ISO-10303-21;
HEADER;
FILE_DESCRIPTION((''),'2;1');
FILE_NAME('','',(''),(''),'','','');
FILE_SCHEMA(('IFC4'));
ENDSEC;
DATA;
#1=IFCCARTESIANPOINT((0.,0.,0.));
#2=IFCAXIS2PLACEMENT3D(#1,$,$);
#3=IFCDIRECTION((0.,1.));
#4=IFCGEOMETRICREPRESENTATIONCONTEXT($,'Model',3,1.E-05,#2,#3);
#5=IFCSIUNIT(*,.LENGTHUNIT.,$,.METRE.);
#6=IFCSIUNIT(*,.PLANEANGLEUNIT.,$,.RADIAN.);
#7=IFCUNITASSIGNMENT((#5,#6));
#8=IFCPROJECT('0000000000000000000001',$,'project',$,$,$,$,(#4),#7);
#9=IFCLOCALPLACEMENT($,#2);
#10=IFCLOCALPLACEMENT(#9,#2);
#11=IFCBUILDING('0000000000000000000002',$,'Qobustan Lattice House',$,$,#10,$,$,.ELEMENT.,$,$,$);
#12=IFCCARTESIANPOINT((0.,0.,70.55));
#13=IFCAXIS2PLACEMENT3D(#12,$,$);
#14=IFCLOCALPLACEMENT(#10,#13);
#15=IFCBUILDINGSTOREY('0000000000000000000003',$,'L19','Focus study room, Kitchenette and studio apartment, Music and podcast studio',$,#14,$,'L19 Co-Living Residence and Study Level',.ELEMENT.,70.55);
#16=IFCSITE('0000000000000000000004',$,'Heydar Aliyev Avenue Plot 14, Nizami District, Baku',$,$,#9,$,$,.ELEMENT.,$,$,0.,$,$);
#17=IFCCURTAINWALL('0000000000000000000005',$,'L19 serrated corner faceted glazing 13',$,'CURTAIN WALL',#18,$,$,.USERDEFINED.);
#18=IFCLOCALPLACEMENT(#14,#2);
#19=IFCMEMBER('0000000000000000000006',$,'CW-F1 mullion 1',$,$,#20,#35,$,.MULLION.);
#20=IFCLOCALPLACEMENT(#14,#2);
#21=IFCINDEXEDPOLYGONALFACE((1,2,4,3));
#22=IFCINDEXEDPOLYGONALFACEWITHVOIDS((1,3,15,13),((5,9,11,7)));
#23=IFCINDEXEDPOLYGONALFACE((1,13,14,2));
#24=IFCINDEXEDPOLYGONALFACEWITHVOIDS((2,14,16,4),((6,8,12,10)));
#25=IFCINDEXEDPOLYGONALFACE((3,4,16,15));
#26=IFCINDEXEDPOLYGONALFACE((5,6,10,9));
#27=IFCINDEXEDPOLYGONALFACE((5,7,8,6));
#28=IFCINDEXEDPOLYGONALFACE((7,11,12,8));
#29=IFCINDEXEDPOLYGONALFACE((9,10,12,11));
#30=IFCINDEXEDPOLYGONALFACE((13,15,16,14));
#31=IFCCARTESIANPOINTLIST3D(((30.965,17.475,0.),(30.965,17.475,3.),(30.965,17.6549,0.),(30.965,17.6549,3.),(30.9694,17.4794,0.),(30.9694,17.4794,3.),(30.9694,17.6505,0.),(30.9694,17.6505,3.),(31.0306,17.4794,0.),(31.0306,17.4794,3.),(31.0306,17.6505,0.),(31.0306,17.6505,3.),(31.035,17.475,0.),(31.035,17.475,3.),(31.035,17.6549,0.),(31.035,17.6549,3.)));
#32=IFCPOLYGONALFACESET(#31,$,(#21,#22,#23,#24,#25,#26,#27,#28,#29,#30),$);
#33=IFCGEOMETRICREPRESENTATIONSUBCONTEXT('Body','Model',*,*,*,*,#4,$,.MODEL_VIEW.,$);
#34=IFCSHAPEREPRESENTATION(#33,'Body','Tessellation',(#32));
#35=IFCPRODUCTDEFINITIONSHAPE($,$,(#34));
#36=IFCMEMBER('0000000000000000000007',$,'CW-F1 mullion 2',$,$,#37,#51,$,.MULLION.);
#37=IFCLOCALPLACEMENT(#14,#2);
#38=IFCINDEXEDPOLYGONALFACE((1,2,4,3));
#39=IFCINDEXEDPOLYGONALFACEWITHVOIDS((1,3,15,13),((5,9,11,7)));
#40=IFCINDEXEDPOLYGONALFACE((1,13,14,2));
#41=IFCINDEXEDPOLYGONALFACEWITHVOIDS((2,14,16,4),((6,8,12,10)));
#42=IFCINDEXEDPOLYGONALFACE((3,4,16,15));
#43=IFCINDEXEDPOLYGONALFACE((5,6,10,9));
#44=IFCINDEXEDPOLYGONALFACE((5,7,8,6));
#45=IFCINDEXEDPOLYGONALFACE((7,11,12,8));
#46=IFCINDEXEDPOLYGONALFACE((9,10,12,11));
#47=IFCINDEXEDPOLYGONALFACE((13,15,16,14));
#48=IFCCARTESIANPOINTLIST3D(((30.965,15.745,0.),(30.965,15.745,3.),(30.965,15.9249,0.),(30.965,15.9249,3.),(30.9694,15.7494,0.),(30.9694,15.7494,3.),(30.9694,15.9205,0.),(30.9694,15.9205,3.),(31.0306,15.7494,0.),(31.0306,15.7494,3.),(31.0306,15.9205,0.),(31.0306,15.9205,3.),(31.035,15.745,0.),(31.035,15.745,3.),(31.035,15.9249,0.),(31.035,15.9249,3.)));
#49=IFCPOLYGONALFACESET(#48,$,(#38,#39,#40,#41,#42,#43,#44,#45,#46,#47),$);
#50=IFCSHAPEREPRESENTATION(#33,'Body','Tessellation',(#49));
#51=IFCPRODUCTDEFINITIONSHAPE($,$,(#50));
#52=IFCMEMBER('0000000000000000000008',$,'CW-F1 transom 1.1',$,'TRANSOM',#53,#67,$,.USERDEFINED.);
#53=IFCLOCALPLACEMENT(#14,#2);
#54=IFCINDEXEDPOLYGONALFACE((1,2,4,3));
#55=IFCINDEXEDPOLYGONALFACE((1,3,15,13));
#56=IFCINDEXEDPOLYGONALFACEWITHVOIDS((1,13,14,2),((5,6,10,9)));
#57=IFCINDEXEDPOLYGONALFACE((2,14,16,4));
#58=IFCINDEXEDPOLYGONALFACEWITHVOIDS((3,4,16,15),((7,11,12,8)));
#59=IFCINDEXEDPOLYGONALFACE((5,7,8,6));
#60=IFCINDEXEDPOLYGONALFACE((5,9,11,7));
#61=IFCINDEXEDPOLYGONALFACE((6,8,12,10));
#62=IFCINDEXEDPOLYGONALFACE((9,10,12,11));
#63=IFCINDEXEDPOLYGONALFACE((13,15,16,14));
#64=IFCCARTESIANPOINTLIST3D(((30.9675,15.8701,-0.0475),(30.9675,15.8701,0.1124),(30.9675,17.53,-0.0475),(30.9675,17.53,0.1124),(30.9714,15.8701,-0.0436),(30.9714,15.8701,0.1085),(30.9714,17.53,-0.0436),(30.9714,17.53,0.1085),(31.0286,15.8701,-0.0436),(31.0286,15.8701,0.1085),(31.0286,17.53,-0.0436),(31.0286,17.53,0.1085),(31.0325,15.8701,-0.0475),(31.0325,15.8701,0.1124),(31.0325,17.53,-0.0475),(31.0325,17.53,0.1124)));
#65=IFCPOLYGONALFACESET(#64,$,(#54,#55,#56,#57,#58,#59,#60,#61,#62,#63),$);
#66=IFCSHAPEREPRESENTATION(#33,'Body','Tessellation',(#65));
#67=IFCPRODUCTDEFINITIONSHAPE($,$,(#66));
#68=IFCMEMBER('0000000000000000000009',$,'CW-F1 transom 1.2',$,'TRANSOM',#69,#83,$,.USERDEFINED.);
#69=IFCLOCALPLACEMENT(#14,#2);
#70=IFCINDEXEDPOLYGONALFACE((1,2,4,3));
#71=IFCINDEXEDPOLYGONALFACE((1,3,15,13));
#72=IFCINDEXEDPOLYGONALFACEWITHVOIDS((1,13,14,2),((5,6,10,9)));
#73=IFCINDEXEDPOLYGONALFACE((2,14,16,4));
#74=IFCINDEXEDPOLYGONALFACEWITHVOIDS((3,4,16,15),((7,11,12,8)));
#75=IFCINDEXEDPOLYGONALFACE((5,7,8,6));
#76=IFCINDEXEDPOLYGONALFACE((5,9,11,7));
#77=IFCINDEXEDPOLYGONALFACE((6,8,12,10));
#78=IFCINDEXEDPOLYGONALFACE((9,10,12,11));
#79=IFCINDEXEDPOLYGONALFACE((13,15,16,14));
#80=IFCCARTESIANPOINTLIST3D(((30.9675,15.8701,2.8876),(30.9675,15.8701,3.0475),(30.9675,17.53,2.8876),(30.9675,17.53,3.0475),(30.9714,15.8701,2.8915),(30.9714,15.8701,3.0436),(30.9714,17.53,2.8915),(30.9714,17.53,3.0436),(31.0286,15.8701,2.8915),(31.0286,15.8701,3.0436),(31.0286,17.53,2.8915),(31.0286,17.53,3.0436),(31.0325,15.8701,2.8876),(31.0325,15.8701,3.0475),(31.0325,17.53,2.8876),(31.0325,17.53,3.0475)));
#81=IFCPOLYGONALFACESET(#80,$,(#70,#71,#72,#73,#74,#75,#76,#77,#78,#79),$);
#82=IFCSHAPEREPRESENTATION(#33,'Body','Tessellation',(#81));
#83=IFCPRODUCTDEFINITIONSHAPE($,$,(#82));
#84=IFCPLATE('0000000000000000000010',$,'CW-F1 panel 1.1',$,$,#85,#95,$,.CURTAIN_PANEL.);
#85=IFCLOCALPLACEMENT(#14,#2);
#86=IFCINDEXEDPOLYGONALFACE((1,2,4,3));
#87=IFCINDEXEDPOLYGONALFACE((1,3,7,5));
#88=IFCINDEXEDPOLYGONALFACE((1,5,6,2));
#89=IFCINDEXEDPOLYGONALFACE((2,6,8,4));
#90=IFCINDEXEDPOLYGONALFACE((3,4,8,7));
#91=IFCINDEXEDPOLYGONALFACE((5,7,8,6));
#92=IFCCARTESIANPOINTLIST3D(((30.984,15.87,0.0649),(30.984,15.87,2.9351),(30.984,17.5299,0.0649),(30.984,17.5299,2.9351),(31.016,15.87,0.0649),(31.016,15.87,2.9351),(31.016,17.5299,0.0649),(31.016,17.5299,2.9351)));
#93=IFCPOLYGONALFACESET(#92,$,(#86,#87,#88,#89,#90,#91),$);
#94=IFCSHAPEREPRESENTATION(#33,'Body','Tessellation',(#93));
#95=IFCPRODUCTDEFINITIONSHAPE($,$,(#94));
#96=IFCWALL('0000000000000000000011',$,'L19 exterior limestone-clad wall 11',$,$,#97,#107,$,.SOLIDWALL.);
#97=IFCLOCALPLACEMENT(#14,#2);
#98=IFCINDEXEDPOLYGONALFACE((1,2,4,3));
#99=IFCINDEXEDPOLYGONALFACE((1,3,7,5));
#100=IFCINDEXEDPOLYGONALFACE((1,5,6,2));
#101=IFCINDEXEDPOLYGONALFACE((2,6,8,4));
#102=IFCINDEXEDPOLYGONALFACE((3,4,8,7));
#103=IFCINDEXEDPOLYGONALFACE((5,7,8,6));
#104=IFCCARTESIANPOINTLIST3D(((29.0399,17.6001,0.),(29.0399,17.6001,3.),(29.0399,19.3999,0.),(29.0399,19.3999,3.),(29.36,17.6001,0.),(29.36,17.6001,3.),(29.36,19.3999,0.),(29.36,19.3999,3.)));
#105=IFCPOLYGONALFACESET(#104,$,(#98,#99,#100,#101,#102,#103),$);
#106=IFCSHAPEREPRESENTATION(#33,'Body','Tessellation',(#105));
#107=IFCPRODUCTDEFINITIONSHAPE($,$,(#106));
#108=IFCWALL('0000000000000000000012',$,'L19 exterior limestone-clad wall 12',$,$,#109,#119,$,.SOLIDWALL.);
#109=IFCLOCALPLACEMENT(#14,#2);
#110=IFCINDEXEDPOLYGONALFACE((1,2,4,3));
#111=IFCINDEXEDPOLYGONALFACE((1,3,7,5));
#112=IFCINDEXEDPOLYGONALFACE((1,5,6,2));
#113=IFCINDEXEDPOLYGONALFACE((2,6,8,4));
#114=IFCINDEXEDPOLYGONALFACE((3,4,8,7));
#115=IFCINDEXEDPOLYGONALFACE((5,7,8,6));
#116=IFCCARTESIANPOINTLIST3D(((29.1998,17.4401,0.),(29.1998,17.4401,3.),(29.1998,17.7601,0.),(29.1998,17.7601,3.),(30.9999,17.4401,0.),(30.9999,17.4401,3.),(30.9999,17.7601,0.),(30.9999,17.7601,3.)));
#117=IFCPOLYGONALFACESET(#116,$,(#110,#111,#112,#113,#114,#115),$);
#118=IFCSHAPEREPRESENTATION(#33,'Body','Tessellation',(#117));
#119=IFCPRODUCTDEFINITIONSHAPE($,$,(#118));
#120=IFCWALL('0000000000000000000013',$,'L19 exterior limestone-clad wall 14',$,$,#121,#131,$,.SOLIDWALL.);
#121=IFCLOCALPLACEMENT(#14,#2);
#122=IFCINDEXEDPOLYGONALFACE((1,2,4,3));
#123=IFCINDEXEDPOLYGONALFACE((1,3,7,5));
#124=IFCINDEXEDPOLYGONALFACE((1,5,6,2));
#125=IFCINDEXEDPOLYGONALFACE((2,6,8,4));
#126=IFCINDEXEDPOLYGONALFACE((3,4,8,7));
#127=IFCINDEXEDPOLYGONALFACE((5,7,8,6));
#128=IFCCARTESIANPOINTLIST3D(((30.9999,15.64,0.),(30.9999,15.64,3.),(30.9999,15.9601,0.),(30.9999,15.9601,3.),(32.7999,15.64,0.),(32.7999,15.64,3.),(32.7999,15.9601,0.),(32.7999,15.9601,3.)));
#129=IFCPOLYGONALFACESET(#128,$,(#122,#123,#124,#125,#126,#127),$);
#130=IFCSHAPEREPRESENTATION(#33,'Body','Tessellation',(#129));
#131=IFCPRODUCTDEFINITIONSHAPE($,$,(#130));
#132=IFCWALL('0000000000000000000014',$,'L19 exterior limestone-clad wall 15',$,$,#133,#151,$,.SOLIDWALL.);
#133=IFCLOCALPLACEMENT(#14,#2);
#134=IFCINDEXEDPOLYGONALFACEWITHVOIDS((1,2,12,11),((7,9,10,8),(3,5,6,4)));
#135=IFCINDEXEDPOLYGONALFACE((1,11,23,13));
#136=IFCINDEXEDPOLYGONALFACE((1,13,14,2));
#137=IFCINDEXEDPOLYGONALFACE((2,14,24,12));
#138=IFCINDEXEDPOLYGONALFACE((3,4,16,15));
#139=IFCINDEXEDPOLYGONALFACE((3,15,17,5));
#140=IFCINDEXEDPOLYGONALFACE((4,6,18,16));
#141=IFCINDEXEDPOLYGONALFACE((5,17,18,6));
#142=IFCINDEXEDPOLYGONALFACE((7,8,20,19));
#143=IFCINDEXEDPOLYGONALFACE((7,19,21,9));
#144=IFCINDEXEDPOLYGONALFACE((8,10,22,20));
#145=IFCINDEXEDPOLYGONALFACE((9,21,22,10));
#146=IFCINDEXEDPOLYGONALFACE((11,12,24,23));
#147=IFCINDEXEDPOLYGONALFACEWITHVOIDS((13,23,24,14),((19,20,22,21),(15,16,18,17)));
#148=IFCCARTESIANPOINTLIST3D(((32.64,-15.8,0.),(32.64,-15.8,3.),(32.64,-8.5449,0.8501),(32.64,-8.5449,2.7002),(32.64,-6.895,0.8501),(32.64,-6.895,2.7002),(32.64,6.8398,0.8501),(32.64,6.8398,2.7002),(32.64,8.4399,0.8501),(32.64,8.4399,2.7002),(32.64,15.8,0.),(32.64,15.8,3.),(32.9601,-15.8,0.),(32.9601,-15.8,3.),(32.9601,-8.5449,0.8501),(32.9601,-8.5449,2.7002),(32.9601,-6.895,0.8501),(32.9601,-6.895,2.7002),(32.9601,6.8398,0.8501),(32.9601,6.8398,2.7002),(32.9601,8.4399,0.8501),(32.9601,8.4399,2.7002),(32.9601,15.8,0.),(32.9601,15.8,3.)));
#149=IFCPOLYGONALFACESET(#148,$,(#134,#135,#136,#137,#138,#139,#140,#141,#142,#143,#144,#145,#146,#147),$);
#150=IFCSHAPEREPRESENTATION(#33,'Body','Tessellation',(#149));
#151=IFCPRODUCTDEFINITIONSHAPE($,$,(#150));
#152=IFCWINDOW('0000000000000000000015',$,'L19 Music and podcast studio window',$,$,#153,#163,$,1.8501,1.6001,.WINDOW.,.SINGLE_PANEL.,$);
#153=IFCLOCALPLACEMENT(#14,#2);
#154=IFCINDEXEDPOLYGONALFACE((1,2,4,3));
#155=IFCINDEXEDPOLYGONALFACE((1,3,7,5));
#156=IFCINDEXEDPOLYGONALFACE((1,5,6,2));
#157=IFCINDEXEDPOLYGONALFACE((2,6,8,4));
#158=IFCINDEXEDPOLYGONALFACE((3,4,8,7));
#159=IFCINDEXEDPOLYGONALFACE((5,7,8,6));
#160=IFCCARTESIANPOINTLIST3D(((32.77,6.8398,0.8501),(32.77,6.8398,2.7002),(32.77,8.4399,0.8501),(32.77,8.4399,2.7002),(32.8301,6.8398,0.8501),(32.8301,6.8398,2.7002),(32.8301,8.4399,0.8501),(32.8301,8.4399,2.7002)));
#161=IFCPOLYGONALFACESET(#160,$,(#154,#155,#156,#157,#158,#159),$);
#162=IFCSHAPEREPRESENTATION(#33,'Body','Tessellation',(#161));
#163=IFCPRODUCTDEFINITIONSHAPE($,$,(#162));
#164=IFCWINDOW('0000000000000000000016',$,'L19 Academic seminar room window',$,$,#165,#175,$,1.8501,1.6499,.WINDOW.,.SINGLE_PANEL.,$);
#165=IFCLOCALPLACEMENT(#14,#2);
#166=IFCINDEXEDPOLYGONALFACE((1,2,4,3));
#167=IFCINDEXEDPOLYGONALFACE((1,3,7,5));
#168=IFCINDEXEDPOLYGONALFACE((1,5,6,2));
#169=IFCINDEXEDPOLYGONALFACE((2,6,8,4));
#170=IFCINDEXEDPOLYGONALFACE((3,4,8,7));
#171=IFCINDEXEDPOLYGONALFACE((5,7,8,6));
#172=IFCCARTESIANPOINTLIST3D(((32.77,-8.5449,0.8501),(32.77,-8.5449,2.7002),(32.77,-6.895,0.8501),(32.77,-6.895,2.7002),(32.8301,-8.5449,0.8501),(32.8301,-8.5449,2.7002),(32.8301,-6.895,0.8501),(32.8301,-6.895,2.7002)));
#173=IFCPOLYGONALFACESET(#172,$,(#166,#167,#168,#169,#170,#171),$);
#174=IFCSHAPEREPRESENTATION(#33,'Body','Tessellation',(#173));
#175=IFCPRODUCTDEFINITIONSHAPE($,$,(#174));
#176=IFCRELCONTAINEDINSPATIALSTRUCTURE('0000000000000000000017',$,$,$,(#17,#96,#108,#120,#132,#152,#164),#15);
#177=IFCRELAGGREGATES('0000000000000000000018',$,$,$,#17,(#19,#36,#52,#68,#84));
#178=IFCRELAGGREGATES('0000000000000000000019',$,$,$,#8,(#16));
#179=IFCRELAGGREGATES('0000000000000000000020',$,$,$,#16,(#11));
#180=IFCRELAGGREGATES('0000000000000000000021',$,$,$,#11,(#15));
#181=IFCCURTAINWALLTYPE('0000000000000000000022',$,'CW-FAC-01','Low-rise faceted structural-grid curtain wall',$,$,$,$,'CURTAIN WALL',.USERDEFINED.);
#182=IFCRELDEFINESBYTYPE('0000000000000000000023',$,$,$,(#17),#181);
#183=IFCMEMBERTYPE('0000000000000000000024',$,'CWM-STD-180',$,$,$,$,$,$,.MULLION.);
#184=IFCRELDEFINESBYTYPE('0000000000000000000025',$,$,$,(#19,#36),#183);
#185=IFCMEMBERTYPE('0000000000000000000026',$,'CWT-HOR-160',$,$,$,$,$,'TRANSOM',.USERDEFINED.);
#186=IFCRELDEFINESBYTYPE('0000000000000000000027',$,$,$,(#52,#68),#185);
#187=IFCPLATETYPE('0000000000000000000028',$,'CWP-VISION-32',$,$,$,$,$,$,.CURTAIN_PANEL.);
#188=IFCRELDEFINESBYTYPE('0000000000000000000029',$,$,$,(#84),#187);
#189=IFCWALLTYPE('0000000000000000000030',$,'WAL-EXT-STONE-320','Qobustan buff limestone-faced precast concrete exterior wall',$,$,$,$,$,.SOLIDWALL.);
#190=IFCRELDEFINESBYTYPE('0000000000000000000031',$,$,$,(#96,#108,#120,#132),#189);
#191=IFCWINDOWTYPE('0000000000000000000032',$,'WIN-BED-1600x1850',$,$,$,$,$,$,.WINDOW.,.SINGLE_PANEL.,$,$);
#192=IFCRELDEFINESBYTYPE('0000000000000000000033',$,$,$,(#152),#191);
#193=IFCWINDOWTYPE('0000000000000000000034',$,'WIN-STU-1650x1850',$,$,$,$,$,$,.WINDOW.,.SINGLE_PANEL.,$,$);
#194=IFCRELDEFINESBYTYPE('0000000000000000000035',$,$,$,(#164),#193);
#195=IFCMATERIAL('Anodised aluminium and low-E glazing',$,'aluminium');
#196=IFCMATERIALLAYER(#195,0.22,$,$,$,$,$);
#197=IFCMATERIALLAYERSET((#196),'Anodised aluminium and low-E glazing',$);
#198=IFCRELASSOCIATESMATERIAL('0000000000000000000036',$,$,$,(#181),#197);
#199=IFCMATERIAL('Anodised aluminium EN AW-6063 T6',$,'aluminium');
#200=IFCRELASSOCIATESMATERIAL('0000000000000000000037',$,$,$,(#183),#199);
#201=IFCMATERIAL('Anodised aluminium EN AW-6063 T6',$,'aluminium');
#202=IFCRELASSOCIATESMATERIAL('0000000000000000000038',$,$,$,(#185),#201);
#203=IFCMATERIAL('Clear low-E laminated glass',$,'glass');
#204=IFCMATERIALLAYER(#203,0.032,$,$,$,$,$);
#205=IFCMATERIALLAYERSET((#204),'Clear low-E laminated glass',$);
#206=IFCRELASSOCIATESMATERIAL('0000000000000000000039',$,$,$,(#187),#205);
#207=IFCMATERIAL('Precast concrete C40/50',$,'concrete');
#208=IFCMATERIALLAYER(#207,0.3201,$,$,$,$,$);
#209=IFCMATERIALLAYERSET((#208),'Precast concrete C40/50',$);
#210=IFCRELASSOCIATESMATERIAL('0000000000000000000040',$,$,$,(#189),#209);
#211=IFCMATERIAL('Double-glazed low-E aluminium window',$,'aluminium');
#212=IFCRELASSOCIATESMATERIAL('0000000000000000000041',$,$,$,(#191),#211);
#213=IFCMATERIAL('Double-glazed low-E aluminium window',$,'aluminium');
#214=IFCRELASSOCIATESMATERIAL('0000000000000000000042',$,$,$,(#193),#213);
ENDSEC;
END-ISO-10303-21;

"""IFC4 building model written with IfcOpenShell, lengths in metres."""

from ifc_helpers import new_model, si_unit, direction, frame, frame_2d, origin, origin_2d, place, context, subcontext, project, spatial, rectangle, hollow_rectangle, extrude, material, layer, layer_set, material_profile, profile_set, type_object, element, fill, aggregate, save


model = new_model("IFC4")

# Units and contexts
model_context = context("Model", 3, precision=1e-05, world=origin(), true_north=direction((0.0, 1.0)))
body_context = subcontext(model_context, "Body", "Model", "MODEL_VIEW")
ifc_project = project(units=[si_unit("LENGTHUNIT", "METRE"), si_unit("PLANEANGLEUNIT", "RADIAN")], contexts=[model_context])

# Site, building, storey
site_placement = place(None, origin())
site = spatial("IfcSite", under=ifc_project, at=site_placement, Name="Heydar Aliyev Avenue Plot 14, Nizami District, Baku", CompositionType="ELEMENT", RefElevation=0.0)
building_placement = place(site_placement, origin())
building = spatial("IfcBuilding", under=site, at=building_placement, Name="Qobustan Lattice House", CompositionType="ELEMENT")
storey_placement = place(building_placement, frame((0.0, 0.0, 70.55)))
storey = spatial("IfcBuildingStorey", under=building, at=storey_placement, Name="L19", Description="Focus study room, Kitchenette and studio apartment, Music and podcast studio", LongName="L19 Co-Living Residence and Study Level", CompositionType="ELEMENT", Elevation=70.55)

# Curtain wall, members, plate
ifc_material_1 = material(Name="Anodised aluminium and low-E glazing", Category="aluminium")
ifc_layer_1 = layer(ifc_material_1, 0.22)
ifc_layer_set_1 = layer_set([ifc_layer_1], Name="Anodised aluminium and low-E glazing")
curtain_wall_type = type_object("IfcCurtainWallType", Name="CW-FAC-01", Description="Low-rise faceted structural-grid curtain wall", ElementType="CURTAIN WALL", PredefinedType="USERDEFINED", material=ifc_layer_set_1)
curtain_wall_placement = place(storey_placement, origin())
curtain_wall = element("IfcCurtainWall", 1, at=curtain_wall_placement, inside=storey, type_object=curtain_wall_type, Name="L19 serrated corner faceted glazing 13", ObjectType="CURTAIN WALL", PredefinedType="USERDEFINED")
ifc_material_2 = material(Name="Anodised aluminium EN AW-6063 T6", Category="aluminium")
ifc_material_profile_1 = material_profile(ifc_material_2, hollow_rectangle(XDim=0.0701, YDim=0.1799, WallThickness=0.0044, at=origin_2d()), Name="CWM-180x70")
ifc_profile_set_1 = profile_set([ifc_material_profile_1], Name="Anodised aluminium EN AW-6063 T6")
member_type_1 = type_object("IfcMemberType", Name="CWM-STD-180", PredefinedType="MULLION", material=ifc_profile_set_1)
member_1_placement = place(storey_placement, frame((31.0, 17.5649, 0.0), z_axis=(0.0, 0.0, 1.0), x_axis=(1.0, 0.0, 0.0)))
member_1 = element("IfcMember", 2, at=member_1_placement, type_object=member_type_1, Name="CW-F1 mullion 1", PredefinedType="MULLION", context=body_context, shape_type="SweptSolid", body=[
    extrude(hollow_rectangle(XDim=0.0701, YDim=0.1799, WallThickness=0.0044, at=origin_2d()), origin(), (0.0, 0.0, 1.0), 3.0),
])
member_2_placement = place(storey_placement, frame((31.0, 15.835, 0.0), z_axis=(0.0, 0.0, 1.0), x_axis=(1.0, 0.0, 0.0)))
member_2 = element("IfcMember", 3, at=member_2_placement, type_object=member_type_1, Name="CW-F1 mullion 2", PredefinedType="MULLION", context=body_context, shape_type="SweptSolid", body=[
    extrude(hollow_rectangle(XDim=0.0701, YDim=0.1799, WallThickness=0.0044, at=origin_2d()), origin(), (0.0, 0.0, 1.0), 3.0),
])
ifc_material_3 = material(Name="Anodised aluminium EN AW-6063 T6", Category="aluminium")
ifc_material_profile_2 = material_profile(ifc_material_3, hollow_rectangle(XDim=0.0649, YDim=0.1599, WallThickness=0.0039, at=origin_2d()), Name="CWT-160x65")
ifc_profile_set_2 = profile_set([ifc_material_profile_2], Name="Anodised aluminium EN AW-6063 T6")
member_type_2 = type_object("IfcMemberType", Name="CWT-HOR-160", ElementType="TRANSOM", PredefinedType="USERDEFINED", material=ifc_profile_set_2)
member_3_placement = place(storey_placement, frame((31.0, 17.53, 0.0325), z_axis=(0.0, -1.0, 0.0), x_axis=(1.0, 0.0, 0.0)))
member_3 = element("IfcMember", 4, at=member_3_placement, type_object=member_type_2, Name="CW-F1 transom 1.1", ObjectType="TRANSOM", PredefinedType="USERDEFINED", context=body_context, shape_type="SweptSolid", body=[
    extrude(hollow_rectangle(XDim=0.0649, YDim=0.1599, WallThickness=0.0039, at=origin_2d()), origin(), (0.0, 0.0, 1.0), 1.6599),
])
member_4_placement = place(storey_placement, frame((31.0, 17.53, 2.9675), z_axis=(0.0, -1.0, 0.0), x_axis=(1.0, 0.0, 0.0)))
member_4 = element("IfcMember", 5, at=member_4_placement, type_object=member_type_2, Name="CW-F1 transom 1.2", ObjectType="TRANSOM", PredefinedType="USERDEFINED", context=body_context, shape_type="SweptSolid", body=[
    extrude(hollow_rectangle(XDim=0.0649, YDim=0.1599, WallThickness=0.0039, at=origin_2d()), origin(), (0.0, 0.0, 1.0), 1.6599),
])
ifc_material_4 = material(Name="Clear low-E laminated glass", Category="glass")
ifc_layer_2 = layer(ifc_material_4, 0.032)
ifc_layer_set_2 = layer_set([ifc_layer_2], Name="Clear low-E laminated glass")
plate_type = type_object("IfcPlateType", Name="CWP-VISION-32", PredefinedType="CURTAIN_PANEL", material=ifc_layer_set_2)
plate_placement = place(storey_placement, frame((31.0, 16.7, 0.0649), z_axis=(0.0, 0.0, 1.0), x_axis=(0.0, -1.0, 0.0)))
plate = element("IfcPlate", 6, at=plate_placement, type_object=plate_type, Name="CW-F1 panel 1.1", PredefinedType="CURTAIN_PANEL", context=body_context, shape_type="SweptSolid", body=[
    extrude(rectangle(XDim=1.6599, YDim=0.032, at=origin_2d()), origin(), (0.0, 0.0, 1.0), 2.8701),
])
aggregate(curtain_wall, [member_1, member_2, member_3, member_4, plate])

# Walls
ifc_material_5 = material(Name="Precast concrete C40/50", Category="concrete")
ifc_layer_3 = layer(ifc_material_5, 0.3201)
ifc_layer_set_3 = layer_set([ifc_layer_3], Name="Precast concrete C40/50")
wall_type_1 = type_object("IfcWallType", Name="WAL-EXT-STONE-320", Description="Qobustan buff limestone-faced precast concrete exterior wall", PredefinedType="SOLIDWALL", material=ifc_layer_set_3)
wall_1_placement = place(storey_placement, frame((29.2, 19.3999, 0.0), z_axis=(0.0, 0.0, 1.0), x_axis=(0.0, -1.0, 0.0)))
element("IfcWall", 7, at=wall_1_placement, inside=storey, type_object=wall_type_1, Name="L19 exterior limestone-clad wall 11", PredefinedType="SOLIDWALL", context=body_context, shape_type="SweptSolid", body=[
    extrude(rectangle(XDim=1.7998, YDim=0.3201, at=frame_2d((0.8999, 0.0))), origin(), (0.0, 0.0, 1.0), 3.0),
])
for number, where, z_axis, x_axis, name in (
    (8, (29.2, 17.6001, 0.0), (0.0, 0.0, 1.0), (1.0, 0.0, 0.0), "L19 exterior limestone-clad wall 12"),
    (9, (31.0, 15.8, 0.0), (0.0, 0.0, 1.0), (1.0, 0.0, 0.0), "L19 exterior limestone-clad wall 14"),
):
    element("IfcWall", number, at=place(storey_placement, frame(where, z_axis=z_axis, x_axis=x_axis)), inside=storey, type_object=wall_type_1, Name=name, PredefinedType="SOLIDWALL", context=body_context, shape_type="SweptSolid", body=[
        extrude(rectangle(XDim=1.8, YDim=0.3201, at=frame_2d((0.8999, 0.0))), origin(), (0.0, 0.0, 1.0), 3.0),
    ])

# Wall, openings, windows
wall_2_placement = place(storey_placement, frame((32.8, 15.8, 0.0), z_axis=(0.0, 0.0, 1.0), x_axis=(0.0, -1.0, 0.0)))
wall_2 = element("IfcWall", 10, at=wall_2_placement, inside=storey, type_object=wall_type_1, Name="L19 exterior limestone-clad wall 15", PredefinedType="SOLIDWALL", context=body_context, shape_type="SweptSolid", body=[
    extrude(rectangle(XDim=31.6001, YDim=0.3201, at=frame_2d((15.8, 0.0))), origin(), (0.0, 0.0, 1.0), 3.0),
])
opening_1_placement = place(wall_2_placement, frame((7.3601, 0.0, 0.8501)))
opening_1 = element("IfcOpeningElement", 11, at=opening_1_placement, cuts=wall_2, PredefinedType="OPENING", context=body_context, shape_type="SweptSolid", body=[
    extrude(rectangle(XDim=1.6001, YDim=1.8501, at=frame_2d((0.8, 0.925))), frame((0.0, 0.1699, 0.0), z_axis=(0.0, -1.0, 0.0), x_axis=(1.0, 0.0, 0.0)), (0.0, 0.0, 1.0), 0.3401),
])
opening_2_placement = place(wall_2_placement, frame((22.6951, 0.0, 0.8501)))
opening_2 = element("IfcOpeningElement", 12, at=opening_2_placement, cuts=wall_2, PredefinedType="OPENING", context=body_context, shape_type="SweptSolid", body=[
    extrude(rectangle(XDim=1.6499, YDim=1.8501, at=frame_2d((0.825, 0.925))), frame((0.0, 0.1699, 0.0), z_axis=(0.0, -1.0, 0.0), x_axis=(1.0, 0.0, 0.0)), (0.0, 0.0, 1.0), 0.3401),
])
ifc_material_6 = material(Name="Double-glazed low-E aluminium window", Category="aluminium")
window_type_1 = type_object("IfcWindowType", Name="WIN-BED-1600x1850", PartitioningType="SINGLE_PANEL", PredefinedType="WINDOW", material=ifc_material_6)
window_1_placement = place(opening_1_placement, origin())
window_1 = element("IfcWindow", 13, at=window_1_placement, inside=storey, type_object=window_type_1, Name="L19 Music and podcast studio window", OverallHeight=1.8501, OverallWidth=1.6001, PartitioningType="SINGLE_PANEL", PredefinedType="WINDOW", context=body_context, shape_type="SweptSolid", body=[
    extrude(rectangle(XDim=1.6001, YDim=1.8501, at=frame_2d((0.8, 0.925))), frame((0.0, 0.03, 0.0), z_axis=(0.0, -1.0, 0.0), x_axis=(1.0, 0.0, 0.0)), (0.0, 0.0, 1.0), 0.0601),
])
fill(opening_1, window_1)
ifc_material_7 = material(Name="Double-glazed low-E aluminium window", Category="aluminium")
window_type_2 = type_object("IfcWindowType", Name="WIN-STU-1650x1850", PartitioningType="SINGLE_PANEL", PredefinedType="WINDOW", material=ifc_material_7)
window_2_placement = place(opening_2_placement, origin())
window_2 = element("IfcWindow", 14, at=window_2_placement, inside=storey, type_object=window_type_2, Name="L19 Academic seminar room window", OverallHeight=1.8501, OverallWidth=1.6499, PartitioningType="SINGLE_PANEL", PredefinedType="WINDOW", context=body_context, shape_type="SweptSolid", body=[
    extrude(rectangle(XDim=1.6499, YDim=1.8501, at=frame_2d((0.825, 0.925))), frame((0.0, 0.03, 0.0), z_axis=(0.0, -1.0, 0.0), x_axis=(1.0, 0.0, 0.0)), (0.0, 0.0, 1.0), 0.0601),
])
fill(opening_2, window_2)

save(model, "model.ifc")
